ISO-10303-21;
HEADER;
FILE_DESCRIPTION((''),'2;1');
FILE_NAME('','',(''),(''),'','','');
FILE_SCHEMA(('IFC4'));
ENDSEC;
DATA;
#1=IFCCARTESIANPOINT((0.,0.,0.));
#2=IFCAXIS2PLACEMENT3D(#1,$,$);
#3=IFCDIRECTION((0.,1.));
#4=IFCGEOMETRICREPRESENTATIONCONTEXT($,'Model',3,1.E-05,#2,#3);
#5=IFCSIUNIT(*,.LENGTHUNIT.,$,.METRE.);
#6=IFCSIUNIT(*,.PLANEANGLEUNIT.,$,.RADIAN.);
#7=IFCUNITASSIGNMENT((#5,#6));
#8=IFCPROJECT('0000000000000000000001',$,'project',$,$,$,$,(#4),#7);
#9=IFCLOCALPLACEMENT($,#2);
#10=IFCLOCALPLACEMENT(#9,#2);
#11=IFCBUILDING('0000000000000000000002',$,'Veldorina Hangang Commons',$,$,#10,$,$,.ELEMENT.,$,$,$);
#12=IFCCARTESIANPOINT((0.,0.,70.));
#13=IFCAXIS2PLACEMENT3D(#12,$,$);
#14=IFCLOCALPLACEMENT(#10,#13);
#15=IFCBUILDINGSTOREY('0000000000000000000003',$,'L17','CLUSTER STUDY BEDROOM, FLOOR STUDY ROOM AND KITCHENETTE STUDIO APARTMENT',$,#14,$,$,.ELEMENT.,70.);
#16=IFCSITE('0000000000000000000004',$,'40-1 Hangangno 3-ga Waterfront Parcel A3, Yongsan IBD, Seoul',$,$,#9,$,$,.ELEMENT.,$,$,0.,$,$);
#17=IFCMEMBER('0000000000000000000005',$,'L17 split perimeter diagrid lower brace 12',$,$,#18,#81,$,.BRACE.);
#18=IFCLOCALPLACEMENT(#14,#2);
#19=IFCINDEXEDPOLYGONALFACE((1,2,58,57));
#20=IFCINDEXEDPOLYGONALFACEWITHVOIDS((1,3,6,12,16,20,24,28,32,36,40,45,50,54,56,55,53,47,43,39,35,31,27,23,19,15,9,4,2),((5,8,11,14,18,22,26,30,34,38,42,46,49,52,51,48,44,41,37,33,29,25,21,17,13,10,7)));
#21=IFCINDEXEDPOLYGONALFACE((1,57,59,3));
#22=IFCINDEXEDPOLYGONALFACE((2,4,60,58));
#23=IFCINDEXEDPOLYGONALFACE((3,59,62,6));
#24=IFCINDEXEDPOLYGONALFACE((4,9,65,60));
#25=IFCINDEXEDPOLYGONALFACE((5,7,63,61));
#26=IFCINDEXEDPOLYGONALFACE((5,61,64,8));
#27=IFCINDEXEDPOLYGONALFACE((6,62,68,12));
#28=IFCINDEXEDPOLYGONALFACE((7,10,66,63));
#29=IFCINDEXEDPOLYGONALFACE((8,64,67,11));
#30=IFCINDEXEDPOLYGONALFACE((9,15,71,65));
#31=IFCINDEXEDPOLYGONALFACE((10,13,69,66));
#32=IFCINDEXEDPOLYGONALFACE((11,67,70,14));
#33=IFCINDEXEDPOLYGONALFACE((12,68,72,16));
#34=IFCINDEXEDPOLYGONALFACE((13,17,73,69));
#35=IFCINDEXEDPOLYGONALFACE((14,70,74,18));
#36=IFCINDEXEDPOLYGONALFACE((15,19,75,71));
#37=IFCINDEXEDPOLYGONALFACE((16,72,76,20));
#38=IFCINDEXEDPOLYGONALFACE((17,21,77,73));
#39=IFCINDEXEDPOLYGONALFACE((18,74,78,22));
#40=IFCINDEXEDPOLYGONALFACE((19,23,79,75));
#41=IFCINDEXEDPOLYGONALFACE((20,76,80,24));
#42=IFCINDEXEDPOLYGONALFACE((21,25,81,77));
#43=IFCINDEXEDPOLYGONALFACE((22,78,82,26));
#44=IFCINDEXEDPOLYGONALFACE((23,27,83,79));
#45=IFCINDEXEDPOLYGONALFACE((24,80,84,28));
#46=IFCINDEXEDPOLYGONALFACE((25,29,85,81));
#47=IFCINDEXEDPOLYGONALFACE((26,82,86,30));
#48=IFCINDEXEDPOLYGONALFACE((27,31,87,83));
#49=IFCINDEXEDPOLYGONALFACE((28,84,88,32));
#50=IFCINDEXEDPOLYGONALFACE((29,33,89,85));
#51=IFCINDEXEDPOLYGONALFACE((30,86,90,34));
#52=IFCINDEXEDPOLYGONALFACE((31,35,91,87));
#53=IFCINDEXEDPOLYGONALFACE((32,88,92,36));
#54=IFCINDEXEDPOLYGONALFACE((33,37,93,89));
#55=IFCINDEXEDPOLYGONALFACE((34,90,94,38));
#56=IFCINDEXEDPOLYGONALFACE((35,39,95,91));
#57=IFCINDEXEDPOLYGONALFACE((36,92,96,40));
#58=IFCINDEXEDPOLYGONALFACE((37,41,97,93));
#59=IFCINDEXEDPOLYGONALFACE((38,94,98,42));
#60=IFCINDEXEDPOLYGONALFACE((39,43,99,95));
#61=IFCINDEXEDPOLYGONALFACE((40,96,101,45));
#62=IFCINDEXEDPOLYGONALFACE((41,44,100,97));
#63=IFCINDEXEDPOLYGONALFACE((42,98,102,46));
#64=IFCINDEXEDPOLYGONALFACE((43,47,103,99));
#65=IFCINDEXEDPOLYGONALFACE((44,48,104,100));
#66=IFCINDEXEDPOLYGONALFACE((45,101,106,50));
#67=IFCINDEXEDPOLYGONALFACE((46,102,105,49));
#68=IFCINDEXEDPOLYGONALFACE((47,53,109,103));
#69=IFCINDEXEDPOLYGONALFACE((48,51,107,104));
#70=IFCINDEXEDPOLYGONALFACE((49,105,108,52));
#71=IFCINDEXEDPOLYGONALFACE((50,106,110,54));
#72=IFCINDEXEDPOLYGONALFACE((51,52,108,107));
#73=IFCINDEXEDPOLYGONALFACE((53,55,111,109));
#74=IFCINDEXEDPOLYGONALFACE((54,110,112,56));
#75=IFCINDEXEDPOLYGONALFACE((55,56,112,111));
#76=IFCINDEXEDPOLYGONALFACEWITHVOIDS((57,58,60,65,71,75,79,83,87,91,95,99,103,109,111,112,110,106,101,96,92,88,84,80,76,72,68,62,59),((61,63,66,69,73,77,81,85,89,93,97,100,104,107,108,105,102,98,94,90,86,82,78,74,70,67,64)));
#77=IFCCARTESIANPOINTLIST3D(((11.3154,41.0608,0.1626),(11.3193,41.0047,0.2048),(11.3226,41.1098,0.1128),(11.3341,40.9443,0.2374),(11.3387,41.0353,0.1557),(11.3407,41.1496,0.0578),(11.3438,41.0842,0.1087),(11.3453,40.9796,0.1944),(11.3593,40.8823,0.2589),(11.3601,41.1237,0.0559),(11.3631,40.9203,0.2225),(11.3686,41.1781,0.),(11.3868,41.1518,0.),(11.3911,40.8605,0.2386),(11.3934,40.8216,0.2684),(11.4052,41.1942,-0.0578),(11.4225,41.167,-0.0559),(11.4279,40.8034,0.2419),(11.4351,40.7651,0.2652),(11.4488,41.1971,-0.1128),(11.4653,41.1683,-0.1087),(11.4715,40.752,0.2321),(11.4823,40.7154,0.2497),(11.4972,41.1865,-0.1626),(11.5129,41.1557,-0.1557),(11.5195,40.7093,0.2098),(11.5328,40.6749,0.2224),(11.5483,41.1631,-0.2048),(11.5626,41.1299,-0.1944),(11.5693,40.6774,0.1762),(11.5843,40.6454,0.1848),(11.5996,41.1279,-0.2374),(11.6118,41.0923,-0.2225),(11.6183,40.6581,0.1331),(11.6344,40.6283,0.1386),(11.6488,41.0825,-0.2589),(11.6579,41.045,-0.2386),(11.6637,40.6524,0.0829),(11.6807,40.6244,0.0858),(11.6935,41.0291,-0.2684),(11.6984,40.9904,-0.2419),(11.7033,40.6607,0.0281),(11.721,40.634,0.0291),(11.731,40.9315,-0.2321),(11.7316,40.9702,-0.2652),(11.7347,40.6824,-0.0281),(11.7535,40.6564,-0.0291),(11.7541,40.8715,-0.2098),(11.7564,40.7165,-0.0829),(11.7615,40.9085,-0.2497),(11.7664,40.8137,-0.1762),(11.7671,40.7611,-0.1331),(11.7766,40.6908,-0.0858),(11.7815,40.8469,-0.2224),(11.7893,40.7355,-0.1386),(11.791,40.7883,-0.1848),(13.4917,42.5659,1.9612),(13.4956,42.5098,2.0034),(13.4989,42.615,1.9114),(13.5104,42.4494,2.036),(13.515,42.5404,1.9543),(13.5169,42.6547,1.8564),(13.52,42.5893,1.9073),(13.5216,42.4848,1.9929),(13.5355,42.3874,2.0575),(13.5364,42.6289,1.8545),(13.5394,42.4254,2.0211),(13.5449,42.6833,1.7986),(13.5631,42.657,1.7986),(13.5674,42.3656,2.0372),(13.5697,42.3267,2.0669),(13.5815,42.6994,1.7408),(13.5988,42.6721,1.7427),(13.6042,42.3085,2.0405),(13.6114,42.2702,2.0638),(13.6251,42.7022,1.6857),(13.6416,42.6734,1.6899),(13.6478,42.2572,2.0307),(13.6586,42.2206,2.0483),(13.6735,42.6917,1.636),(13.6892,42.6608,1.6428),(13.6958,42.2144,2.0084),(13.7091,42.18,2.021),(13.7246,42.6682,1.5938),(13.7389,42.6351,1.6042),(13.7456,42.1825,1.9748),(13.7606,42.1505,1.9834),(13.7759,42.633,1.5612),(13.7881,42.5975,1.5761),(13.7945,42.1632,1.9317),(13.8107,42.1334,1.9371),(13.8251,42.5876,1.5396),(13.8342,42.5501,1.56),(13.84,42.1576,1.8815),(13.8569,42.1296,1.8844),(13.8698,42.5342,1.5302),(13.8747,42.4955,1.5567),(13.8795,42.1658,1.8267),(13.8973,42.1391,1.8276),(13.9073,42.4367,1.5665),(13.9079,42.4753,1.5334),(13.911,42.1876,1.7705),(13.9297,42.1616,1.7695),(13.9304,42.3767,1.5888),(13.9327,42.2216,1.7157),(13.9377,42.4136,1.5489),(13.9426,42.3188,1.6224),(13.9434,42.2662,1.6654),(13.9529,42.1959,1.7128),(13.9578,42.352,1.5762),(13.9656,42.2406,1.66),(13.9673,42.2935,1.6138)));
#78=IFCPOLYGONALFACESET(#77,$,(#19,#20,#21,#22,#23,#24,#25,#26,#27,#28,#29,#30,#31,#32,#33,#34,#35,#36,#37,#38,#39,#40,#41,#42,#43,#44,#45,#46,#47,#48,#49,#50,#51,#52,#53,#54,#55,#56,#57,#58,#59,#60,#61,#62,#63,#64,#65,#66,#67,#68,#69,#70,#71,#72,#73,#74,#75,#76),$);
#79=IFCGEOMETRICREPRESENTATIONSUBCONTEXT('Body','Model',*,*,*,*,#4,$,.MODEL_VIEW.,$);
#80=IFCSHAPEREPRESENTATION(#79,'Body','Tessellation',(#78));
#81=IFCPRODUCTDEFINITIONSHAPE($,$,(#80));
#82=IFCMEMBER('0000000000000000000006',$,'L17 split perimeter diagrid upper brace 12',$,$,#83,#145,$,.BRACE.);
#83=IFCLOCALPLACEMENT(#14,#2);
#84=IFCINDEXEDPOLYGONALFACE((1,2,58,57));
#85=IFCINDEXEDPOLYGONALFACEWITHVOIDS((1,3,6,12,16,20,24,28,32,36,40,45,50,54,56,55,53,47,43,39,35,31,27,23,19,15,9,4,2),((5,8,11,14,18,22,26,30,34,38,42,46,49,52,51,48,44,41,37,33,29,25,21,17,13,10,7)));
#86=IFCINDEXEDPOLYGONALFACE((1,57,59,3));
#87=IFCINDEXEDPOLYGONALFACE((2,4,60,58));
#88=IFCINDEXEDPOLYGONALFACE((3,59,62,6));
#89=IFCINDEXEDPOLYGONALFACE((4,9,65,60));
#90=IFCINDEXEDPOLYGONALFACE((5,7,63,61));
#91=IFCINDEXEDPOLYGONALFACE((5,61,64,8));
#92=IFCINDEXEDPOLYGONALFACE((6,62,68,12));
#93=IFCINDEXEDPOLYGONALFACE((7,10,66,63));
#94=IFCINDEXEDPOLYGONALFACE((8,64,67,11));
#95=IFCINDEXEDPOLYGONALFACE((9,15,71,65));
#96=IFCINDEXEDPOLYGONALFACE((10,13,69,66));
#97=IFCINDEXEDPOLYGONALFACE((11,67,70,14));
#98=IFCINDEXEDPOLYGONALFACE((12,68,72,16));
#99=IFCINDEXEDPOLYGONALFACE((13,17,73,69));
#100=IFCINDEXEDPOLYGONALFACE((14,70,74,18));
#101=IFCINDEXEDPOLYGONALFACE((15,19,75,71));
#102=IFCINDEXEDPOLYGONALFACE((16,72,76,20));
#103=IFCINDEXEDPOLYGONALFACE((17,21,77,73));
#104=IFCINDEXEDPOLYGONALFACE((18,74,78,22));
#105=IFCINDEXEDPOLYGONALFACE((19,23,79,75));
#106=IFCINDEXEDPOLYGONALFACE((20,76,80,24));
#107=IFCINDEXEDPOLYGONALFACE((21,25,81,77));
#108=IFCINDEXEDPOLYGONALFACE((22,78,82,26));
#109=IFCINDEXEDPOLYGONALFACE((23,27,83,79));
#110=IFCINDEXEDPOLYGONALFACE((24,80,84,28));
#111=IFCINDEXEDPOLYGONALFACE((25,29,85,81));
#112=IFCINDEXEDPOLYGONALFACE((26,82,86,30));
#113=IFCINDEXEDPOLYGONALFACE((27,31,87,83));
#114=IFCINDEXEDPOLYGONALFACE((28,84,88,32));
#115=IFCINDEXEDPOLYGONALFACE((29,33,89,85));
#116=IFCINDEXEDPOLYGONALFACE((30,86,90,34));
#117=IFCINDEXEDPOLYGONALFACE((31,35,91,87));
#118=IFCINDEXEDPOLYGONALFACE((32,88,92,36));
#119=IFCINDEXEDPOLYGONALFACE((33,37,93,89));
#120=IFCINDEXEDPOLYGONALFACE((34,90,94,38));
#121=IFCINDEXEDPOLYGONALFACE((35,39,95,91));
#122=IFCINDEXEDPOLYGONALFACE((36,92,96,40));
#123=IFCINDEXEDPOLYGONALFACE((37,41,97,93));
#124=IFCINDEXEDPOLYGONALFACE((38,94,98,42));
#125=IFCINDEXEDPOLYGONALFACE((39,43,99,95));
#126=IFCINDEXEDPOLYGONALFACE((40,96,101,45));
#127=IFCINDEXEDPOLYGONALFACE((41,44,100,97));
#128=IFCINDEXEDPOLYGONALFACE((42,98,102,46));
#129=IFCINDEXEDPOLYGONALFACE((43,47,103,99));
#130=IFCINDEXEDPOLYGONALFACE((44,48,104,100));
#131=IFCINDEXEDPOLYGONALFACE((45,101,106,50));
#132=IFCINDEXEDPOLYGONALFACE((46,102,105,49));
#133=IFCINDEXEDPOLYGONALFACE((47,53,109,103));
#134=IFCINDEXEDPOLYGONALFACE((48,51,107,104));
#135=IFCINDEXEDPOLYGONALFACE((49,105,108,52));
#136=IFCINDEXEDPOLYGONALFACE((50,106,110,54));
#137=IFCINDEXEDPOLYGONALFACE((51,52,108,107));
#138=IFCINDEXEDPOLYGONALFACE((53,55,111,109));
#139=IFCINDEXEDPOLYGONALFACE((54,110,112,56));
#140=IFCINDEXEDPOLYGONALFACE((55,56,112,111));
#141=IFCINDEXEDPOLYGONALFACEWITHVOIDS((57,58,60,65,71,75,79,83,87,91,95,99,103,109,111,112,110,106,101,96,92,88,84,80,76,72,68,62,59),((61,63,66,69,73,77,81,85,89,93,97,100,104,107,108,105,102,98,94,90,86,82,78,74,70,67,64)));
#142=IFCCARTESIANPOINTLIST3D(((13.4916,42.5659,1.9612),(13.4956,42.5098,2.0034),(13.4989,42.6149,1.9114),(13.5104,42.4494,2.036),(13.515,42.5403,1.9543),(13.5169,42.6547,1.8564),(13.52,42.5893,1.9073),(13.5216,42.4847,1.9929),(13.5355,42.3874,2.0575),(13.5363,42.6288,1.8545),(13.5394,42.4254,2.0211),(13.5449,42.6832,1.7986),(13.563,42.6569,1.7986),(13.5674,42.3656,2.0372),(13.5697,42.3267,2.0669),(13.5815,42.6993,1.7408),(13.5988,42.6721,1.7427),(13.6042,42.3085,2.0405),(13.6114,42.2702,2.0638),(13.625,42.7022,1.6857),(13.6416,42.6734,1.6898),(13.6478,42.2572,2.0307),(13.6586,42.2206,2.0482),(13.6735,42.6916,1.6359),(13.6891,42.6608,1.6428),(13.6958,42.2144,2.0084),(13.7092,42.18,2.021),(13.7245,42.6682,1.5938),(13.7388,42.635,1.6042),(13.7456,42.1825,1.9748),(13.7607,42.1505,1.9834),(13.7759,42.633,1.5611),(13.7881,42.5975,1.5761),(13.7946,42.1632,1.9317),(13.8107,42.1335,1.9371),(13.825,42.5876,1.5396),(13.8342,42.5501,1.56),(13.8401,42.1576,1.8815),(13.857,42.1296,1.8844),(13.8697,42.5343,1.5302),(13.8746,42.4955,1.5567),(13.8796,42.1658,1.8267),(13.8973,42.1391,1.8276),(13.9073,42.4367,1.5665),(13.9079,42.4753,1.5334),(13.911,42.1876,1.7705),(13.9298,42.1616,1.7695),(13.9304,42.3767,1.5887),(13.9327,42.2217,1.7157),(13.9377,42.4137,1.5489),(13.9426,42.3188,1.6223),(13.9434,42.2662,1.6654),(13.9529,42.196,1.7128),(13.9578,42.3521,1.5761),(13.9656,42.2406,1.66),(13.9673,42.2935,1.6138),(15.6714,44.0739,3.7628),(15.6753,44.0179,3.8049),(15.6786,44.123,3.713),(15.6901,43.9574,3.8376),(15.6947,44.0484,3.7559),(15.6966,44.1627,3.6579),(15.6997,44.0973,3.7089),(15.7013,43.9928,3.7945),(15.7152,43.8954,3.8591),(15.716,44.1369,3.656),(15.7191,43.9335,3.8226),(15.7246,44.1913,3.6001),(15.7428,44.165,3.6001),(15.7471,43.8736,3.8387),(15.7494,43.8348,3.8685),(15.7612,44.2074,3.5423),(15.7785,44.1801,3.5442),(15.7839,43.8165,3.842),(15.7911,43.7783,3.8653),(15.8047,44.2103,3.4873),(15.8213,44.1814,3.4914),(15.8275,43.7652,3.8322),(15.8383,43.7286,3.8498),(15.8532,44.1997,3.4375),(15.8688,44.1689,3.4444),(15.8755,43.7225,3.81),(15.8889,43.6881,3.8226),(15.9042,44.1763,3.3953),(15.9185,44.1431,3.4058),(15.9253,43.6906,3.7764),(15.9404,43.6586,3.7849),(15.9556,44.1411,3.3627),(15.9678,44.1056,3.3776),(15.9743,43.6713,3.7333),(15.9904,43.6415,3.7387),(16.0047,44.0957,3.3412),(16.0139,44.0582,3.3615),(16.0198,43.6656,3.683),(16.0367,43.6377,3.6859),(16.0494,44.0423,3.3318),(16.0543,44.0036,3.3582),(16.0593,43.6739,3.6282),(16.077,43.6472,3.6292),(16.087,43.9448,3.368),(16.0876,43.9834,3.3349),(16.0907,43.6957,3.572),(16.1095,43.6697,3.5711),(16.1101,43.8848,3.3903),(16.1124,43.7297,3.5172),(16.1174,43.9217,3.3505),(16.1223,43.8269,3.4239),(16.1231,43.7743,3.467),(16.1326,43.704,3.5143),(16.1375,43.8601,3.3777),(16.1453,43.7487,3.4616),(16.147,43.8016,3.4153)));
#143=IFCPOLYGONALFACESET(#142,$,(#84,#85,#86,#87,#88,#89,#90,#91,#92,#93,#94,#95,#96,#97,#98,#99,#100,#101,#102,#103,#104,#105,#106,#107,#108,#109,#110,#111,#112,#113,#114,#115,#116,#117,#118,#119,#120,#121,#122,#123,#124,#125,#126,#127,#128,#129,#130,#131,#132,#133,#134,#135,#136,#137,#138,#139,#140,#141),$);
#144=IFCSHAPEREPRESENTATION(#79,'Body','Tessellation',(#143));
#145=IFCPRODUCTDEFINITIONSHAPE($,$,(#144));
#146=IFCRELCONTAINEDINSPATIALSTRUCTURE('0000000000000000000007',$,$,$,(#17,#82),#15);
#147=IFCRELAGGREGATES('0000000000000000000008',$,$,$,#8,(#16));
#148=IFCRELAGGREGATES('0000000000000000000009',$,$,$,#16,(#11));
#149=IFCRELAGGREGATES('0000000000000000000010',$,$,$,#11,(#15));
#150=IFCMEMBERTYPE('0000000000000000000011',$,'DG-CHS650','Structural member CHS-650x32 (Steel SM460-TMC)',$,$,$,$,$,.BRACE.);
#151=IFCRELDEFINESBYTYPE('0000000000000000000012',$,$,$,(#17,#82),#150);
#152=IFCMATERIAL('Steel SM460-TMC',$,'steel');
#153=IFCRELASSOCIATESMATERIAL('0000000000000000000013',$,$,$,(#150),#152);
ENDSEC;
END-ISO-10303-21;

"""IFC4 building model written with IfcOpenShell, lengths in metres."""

from ifc_helpers import new_model, si_unit, direction, frame, origin, origin_2d, place, context, subcontext, project, spatial, hollow_circle, extrude, material, material_profile, profile_set, type_object, element, save


model = new_model("IFC4")

# Units and contexts
model_context = context("Model", 3, precision=1e-05, world=origin(), true_north=direction((0.0, 1.0)))
body_context = subcontext(model_context, "Body", "Model", "MODEL_VIEW")
ifc_project = project(units=[si_unit("LENGTHUNIT", "METRE"), si_unit("PLANEANGLEUNIT", "RADIAN")], contexts=[model_context])

# Site, building, storey
site_placement = place(None, origin())
site = spatial("IfcSite", under=ifc_project, at=site_placement, Name="40-1 Hangangno 3-ga Waterfront Parcel A3, Yongsan IBD, Seoul", CompositionType="ELEMENT", RefElevation=0.0)
building_placement = place(site_placement, origin())
building = spatial("IfcBuilding", under=site, at=building_placement, Name="Veldorina Hangang Commons", CompositionType="ELEMENT")
storey_placement = place(building_placement, frame((0.0, 0.0, 70.0)))
storey = spatial("IfcBuildingStorey", under=building, at=storey_placement, Name="L17", Description="CLUSTER STUDY BEDROOM, FLOOR STUDY ROOM AND KITCHENETTE STUDIO APARTMENT", CompositionType="ELEMENT", Elevation=70.0)

# Members
ifc_material_1 = material(Name="Steel SM460-TMC", Category="steel")
ifc_material_profile_1 = material_profile(ifc_material_1, hollow_circle(Radius=0.325, WallThickness=0.032, at=origin_2d()), Name="CHS-650x32")
ifc_profile_set_1 = profile_set([ifc_material_profile_1], Name="Steel SM460-TMC")
member_type = type_object("IfcMemberType", Name="DG-CHS650", Description="Structural member CHS-650x32 (Steel SM460-TMC)", PredefinedType="BRACE", material=ifc_profile_set_1)
member_1_placement = place(storey_placement, frame((11.5535, 40.9109, 0.0), z_axis=(0.680202, 0.470433, 0.562155), x_axis=(-0.568821, 0.822461, 0.0)))
element("IfcMember", 1, at=member_1_placement, inside=storey, type_object=member_type, Name="L17 split perimeter diagrid lower brace 12", PredefinedType="BRACE", context=body_context, shape_type="SweptSolid", body=[
    extrude(hollow_circle(Radius=0.325, WallThickness=0.032, at=origin_2d()), origin(), (0.0, 0.0, 1.0), 3.1995),
])
member_2_placement = place(storey_placement, frame((13.7297, 42.416, 1.7986), z_axis=(0.680133, 0.470562, 0.56213), x_axis=(-0.568966, 0.822361, 0.0)))
element("IfcMember", 2, at=member_2_placement, inside=storey, type_object=member_type, Name="L17 split perimeter diagrid upper brace 12", PredefinedType="BRACE", context=body_context, shape_type="SweptSolid", body=[
    extrude(hollow_circle(Radius=0.325, WallThickness=0.032, at=origin_2d()), origin(), (0.0, 0.0, 1.0), 3.2048),
])

save(model, "model.ifc")
